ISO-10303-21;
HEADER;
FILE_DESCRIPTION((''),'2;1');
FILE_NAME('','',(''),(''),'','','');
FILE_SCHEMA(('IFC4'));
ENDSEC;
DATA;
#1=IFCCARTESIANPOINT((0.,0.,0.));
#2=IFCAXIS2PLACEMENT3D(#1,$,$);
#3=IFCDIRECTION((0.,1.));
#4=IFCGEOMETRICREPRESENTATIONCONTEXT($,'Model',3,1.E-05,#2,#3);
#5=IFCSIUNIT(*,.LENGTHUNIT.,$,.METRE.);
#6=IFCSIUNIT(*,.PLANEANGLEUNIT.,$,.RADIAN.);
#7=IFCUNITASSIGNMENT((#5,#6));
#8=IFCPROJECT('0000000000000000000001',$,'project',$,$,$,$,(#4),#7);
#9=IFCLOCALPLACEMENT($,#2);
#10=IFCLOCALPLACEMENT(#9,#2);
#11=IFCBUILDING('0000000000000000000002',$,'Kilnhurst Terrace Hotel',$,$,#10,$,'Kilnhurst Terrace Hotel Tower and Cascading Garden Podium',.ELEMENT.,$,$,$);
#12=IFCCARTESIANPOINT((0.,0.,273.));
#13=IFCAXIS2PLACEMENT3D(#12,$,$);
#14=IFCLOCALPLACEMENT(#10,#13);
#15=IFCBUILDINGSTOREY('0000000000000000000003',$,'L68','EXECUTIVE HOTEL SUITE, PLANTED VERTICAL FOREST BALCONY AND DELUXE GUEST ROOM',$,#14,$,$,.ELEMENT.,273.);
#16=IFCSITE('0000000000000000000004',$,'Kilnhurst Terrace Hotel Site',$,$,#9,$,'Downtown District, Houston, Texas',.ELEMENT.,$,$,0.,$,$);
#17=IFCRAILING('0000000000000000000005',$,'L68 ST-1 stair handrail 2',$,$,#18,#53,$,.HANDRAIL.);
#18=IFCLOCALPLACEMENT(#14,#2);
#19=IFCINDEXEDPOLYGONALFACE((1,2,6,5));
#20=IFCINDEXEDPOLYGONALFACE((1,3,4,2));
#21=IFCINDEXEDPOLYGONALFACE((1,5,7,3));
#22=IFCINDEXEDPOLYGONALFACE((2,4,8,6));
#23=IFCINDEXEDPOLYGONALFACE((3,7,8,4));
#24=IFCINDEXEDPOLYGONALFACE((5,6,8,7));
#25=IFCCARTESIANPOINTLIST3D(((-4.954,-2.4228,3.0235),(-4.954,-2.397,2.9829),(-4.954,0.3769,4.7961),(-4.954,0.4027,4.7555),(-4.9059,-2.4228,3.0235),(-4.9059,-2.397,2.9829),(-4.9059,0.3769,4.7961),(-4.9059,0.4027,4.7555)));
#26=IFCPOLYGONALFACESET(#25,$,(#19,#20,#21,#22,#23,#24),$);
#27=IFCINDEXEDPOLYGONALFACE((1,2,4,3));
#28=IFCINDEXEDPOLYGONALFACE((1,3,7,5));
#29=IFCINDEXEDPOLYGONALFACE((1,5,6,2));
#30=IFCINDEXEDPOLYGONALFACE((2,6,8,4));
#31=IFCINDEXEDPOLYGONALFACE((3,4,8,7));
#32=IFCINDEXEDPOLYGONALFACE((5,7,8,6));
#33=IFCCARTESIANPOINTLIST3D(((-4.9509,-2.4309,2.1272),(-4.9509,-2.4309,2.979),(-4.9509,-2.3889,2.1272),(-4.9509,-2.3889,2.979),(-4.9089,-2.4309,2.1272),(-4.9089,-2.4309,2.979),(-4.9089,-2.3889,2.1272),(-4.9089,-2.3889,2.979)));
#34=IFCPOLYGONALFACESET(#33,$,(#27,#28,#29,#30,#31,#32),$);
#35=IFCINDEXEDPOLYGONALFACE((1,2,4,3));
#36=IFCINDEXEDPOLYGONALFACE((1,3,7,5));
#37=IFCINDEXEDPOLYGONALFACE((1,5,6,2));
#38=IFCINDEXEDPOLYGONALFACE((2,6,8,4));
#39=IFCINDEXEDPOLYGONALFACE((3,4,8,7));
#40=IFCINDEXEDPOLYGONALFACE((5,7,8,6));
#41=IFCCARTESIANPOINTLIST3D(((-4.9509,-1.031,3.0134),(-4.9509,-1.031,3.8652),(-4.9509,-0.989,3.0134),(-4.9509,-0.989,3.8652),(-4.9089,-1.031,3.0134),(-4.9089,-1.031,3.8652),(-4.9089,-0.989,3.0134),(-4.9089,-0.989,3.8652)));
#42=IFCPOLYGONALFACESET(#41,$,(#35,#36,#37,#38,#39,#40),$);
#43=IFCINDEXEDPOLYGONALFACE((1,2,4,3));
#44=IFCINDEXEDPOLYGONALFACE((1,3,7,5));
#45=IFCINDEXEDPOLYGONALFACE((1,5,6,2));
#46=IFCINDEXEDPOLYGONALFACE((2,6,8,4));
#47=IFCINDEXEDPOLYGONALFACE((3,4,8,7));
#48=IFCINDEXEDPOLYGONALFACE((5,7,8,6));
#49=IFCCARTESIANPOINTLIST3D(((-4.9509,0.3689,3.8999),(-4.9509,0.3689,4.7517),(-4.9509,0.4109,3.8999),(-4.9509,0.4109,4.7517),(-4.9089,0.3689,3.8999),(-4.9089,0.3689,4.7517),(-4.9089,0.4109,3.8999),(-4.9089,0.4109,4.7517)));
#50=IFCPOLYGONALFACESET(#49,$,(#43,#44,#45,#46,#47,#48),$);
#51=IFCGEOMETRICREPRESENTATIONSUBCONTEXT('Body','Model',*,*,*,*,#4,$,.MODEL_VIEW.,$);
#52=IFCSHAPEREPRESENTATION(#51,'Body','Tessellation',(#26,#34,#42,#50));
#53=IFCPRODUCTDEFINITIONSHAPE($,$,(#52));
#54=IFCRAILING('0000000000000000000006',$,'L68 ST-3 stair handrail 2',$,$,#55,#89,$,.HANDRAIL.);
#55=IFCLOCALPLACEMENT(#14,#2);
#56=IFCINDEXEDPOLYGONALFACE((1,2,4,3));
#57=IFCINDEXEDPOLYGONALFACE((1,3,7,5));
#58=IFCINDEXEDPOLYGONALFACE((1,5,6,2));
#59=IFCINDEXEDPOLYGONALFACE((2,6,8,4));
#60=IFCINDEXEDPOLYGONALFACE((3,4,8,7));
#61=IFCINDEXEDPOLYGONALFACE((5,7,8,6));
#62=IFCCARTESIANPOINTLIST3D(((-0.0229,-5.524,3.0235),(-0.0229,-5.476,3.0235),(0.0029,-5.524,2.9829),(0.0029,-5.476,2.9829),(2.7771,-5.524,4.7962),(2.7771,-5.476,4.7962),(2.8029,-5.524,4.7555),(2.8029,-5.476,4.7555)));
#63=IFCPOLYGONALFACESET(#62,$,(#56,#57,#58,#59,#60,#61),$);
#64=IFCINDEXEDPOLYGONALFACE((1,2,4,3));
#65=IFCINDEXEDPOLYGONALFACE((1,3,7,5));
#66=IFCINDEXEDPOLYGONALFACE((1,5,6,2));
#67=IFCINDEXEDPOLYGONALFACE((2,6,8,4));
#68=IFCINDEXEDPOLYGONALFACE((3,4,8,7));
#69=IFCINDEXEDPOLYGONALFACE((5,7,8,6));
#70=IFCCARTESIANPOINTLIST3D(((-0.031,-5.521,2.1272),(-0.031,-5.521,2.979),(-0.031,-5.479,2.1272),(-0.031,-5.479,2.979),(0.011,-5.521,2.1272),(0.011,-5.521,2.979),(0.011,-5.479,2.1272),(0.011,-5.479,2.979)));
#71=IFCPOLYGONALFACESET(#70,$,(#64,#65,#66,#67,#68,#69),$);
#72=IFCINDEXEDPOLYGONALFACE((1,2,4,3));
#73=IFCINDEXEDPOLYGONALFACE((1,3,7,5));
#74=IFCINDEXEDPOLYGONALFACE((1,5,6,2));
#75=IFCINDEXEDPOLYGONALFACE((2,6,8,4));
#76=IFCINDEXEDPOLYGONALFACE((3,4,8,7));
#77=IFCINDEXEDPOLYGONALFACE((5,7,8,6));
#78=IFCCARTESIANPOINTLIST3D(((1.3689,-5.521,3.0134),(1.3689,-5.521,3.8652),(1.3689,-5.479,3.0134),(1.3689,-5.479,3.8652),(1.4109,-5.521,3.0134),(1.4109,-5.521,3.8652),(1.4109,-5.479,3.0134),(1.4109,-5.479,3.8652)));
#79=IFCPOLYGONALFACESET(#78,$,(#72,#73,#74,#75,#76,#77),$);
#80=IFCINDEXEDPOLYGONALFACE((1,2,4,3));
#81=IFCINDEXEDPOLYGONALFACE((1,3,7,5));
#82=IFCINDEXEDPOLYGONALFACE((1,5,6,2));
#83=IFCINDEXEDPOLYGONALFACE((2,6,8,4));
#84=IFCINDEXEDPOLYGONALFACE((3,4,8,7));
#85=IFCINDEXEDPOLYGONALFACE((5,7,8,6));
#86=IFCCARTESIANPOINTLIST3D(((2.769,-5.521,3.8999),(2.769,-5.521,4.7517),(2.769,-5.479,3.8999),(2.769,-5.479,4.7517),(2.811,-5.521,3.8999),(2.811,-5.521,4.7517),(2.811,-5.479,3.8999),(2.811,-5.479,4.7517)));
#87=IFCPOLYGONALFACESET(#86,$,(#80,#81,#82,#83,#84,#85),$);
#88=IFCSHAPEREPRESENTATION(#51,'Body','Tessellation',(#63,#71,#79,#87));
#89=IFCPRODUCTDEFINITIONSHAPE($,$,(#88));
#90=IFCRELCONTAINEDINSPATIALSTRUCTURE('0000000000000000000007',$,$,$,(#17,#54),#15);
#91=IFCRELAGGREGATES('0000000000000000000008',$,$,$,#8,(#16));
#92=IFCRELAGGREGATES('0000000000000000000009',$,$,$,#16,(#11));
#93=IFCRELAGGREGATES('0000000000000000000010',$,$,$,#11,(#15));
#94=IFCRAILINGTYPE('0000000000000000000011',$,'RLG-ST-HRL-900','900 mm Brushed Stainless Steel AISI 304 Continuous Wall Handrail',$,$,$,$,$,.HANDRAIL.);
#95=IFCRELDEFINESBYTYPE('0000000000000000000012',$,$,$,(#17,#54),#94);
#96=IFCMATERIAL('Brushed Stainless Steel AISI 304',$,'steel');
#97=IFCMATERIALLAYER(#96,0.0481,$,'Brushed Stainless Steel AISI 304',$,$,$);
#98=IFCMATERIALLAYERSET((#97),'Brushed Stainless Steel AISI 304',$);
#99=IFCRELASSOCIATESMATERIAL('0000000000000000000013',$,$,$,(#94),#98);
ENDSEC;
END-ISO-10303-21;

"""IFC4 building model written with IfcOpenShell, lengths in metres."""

from ifc_helpers import new_model, si_unit, direction, frame, origin, origin_2d, place, context, subcontext, project, spatial, rectangle, extrude, material, layer, layer_set, type_object, element, save


model = new_model("IFC4")

# Units and contexts
model_context = context("Model", 3, precision=1e-05, world=origin(), true_north=direction((0.0, 1.0)))
body_context = subcontext(model_context, "Body", "Model", "MODEL_VIEW")
ifc_project = project(units=[si_unit("LENGTHUNIT", "METRE"), si_unit("PLANEANGLEUNIT", "RADIAN")], contexts=[model_context])

# Site, building, storey
site_placement = place(None, origin())
site = spatial("IfcSite", under=ifc_project, at=site_placement, Name="Kilnhurst Terrace Hotel Site", LongName="Downtown District, Houston, Texas", CompositionType="ELEMENT", RefElevation=0.0)
building_placement = place(site_placement, origin())
building = spatial("IfcBuilding", under=site, at=building_placement, Name="Kilnhurst Terrace Hotel", LongName="Kilnhurst Terrace Hotel Tower and Cascading Garden Podium", CompositionType="ELEMENT")
storey_placement = place(building_placement, frame((0.0, 0.0, 273.0)))
storey = spatial("IfcBuildingStorey", under=building, at=storey_placement, Name="L68", Description="EXECUTIVE HOTEL SUITE, PLANTED VERTICAL FOREST BALCONY AND DELUXE GUEST ROOM", CompositionType="ELEMENT", Elevation=273.0)

# Railings
ifc_material_1 = material(Name="Brushed Stainless Steel AISI 304", Category="steel")
ifc_layer_1 = layer(ifc_material_1, 0.0481, Name="Brushed Stainless Steel AISI 304")
ifc_layer_set_1 = layer_set([ifc_layer_1], Name="Brushed Stainless Steel AISI 304")
railing_type_1 = type_object("IfcRailingType", Name="RLG-ST-HRL-900", Description="900 mm Brushed Stainless Steel AISI 304 Continuous Wall Handrail", PredefinedType="HANDRAIL", material=ifc_layer_set_1)
railing_1_placement = place(storey_placement, frame((-4.9299, -2.4099, 2.1272)))
element("IfcRailing", 1, at=railing_1_placement, inside=storey, type_object=railing_type_1, Name="L68 ST-1 stair handrail 2", PredefinedType="HANDRAIL", context=body_context, shape_type="SweptSolid", body=[
    extrude(rectangle(XDim=0.0481, YDim=0.0481, at=origin_2d()), frame((0.0, 0.0, 0.876), z_axis=(0.0, 0.844888, 0.534943), x_axis=(-1.0, 0.0, 0.0)), (0.0, 0.0, 1.0), 3.3137),
    extrude(rectangle(XDim=0.042, YDim=0.042, at=origin_2d()), origin(), (0.0, 0.0, 1.0), 0.8518),
    extrude(rectangle(XDim=0.042, YDim=0.042, at=origin_2d()), frame((0.0, 1.3999, 0.8862)), (0.0, 0.0, 1.0), 0.8518),
    extrude(rectangle(XDim=0.042, YDim=0.042, at=origin_2d()), frame((0.0, 2.7998, 1.7727)), (0.0, 0.0, 1.0), 0.8518),
])
railing_2_placement = place(storey_placement, frame((-0.01, -5.5, 2.1272)))
element("IfcRailing", 2, at=railing_2_placement, inside=storey, type_object=railing_type_1, Name="L68 ST-3 stair handrail 2", PredefinedType="HANDRAIL", context=body_context, shape_type="SweptSolid", body=[
    extrude(rectangle(XDim=0.0481, YDim=0.0481, at=origin_2d()), frame((0.0, 0.0, 0.876), z_axis=(0.844909, 0.0, 0.53491), x_axis=(0.0, 1.0, 0.0)), (0.0, 0.0, 1.0), 3.314),
    extrude(rectangle(XDim=0.042, YDim=0.042, at=origin_2d()), origin(), (0.0, 0.0, 1.0), 0.8518),
    extrude(rectangle(XDim=0.042, YDim=0.042, at=origin_2d()), frame((1.3999, 0.0, 0.8862)), (0.0, 0.0, 1.0), 0.8518),
    extrude(rectangle(XDim=0.042, YDim=0.042, at=origin_2d()), frame((2.8, 0.0, 1.7727)), (0.0, 0.0, 1.0), 0.8518),
])

save(model, "model.ifc")
